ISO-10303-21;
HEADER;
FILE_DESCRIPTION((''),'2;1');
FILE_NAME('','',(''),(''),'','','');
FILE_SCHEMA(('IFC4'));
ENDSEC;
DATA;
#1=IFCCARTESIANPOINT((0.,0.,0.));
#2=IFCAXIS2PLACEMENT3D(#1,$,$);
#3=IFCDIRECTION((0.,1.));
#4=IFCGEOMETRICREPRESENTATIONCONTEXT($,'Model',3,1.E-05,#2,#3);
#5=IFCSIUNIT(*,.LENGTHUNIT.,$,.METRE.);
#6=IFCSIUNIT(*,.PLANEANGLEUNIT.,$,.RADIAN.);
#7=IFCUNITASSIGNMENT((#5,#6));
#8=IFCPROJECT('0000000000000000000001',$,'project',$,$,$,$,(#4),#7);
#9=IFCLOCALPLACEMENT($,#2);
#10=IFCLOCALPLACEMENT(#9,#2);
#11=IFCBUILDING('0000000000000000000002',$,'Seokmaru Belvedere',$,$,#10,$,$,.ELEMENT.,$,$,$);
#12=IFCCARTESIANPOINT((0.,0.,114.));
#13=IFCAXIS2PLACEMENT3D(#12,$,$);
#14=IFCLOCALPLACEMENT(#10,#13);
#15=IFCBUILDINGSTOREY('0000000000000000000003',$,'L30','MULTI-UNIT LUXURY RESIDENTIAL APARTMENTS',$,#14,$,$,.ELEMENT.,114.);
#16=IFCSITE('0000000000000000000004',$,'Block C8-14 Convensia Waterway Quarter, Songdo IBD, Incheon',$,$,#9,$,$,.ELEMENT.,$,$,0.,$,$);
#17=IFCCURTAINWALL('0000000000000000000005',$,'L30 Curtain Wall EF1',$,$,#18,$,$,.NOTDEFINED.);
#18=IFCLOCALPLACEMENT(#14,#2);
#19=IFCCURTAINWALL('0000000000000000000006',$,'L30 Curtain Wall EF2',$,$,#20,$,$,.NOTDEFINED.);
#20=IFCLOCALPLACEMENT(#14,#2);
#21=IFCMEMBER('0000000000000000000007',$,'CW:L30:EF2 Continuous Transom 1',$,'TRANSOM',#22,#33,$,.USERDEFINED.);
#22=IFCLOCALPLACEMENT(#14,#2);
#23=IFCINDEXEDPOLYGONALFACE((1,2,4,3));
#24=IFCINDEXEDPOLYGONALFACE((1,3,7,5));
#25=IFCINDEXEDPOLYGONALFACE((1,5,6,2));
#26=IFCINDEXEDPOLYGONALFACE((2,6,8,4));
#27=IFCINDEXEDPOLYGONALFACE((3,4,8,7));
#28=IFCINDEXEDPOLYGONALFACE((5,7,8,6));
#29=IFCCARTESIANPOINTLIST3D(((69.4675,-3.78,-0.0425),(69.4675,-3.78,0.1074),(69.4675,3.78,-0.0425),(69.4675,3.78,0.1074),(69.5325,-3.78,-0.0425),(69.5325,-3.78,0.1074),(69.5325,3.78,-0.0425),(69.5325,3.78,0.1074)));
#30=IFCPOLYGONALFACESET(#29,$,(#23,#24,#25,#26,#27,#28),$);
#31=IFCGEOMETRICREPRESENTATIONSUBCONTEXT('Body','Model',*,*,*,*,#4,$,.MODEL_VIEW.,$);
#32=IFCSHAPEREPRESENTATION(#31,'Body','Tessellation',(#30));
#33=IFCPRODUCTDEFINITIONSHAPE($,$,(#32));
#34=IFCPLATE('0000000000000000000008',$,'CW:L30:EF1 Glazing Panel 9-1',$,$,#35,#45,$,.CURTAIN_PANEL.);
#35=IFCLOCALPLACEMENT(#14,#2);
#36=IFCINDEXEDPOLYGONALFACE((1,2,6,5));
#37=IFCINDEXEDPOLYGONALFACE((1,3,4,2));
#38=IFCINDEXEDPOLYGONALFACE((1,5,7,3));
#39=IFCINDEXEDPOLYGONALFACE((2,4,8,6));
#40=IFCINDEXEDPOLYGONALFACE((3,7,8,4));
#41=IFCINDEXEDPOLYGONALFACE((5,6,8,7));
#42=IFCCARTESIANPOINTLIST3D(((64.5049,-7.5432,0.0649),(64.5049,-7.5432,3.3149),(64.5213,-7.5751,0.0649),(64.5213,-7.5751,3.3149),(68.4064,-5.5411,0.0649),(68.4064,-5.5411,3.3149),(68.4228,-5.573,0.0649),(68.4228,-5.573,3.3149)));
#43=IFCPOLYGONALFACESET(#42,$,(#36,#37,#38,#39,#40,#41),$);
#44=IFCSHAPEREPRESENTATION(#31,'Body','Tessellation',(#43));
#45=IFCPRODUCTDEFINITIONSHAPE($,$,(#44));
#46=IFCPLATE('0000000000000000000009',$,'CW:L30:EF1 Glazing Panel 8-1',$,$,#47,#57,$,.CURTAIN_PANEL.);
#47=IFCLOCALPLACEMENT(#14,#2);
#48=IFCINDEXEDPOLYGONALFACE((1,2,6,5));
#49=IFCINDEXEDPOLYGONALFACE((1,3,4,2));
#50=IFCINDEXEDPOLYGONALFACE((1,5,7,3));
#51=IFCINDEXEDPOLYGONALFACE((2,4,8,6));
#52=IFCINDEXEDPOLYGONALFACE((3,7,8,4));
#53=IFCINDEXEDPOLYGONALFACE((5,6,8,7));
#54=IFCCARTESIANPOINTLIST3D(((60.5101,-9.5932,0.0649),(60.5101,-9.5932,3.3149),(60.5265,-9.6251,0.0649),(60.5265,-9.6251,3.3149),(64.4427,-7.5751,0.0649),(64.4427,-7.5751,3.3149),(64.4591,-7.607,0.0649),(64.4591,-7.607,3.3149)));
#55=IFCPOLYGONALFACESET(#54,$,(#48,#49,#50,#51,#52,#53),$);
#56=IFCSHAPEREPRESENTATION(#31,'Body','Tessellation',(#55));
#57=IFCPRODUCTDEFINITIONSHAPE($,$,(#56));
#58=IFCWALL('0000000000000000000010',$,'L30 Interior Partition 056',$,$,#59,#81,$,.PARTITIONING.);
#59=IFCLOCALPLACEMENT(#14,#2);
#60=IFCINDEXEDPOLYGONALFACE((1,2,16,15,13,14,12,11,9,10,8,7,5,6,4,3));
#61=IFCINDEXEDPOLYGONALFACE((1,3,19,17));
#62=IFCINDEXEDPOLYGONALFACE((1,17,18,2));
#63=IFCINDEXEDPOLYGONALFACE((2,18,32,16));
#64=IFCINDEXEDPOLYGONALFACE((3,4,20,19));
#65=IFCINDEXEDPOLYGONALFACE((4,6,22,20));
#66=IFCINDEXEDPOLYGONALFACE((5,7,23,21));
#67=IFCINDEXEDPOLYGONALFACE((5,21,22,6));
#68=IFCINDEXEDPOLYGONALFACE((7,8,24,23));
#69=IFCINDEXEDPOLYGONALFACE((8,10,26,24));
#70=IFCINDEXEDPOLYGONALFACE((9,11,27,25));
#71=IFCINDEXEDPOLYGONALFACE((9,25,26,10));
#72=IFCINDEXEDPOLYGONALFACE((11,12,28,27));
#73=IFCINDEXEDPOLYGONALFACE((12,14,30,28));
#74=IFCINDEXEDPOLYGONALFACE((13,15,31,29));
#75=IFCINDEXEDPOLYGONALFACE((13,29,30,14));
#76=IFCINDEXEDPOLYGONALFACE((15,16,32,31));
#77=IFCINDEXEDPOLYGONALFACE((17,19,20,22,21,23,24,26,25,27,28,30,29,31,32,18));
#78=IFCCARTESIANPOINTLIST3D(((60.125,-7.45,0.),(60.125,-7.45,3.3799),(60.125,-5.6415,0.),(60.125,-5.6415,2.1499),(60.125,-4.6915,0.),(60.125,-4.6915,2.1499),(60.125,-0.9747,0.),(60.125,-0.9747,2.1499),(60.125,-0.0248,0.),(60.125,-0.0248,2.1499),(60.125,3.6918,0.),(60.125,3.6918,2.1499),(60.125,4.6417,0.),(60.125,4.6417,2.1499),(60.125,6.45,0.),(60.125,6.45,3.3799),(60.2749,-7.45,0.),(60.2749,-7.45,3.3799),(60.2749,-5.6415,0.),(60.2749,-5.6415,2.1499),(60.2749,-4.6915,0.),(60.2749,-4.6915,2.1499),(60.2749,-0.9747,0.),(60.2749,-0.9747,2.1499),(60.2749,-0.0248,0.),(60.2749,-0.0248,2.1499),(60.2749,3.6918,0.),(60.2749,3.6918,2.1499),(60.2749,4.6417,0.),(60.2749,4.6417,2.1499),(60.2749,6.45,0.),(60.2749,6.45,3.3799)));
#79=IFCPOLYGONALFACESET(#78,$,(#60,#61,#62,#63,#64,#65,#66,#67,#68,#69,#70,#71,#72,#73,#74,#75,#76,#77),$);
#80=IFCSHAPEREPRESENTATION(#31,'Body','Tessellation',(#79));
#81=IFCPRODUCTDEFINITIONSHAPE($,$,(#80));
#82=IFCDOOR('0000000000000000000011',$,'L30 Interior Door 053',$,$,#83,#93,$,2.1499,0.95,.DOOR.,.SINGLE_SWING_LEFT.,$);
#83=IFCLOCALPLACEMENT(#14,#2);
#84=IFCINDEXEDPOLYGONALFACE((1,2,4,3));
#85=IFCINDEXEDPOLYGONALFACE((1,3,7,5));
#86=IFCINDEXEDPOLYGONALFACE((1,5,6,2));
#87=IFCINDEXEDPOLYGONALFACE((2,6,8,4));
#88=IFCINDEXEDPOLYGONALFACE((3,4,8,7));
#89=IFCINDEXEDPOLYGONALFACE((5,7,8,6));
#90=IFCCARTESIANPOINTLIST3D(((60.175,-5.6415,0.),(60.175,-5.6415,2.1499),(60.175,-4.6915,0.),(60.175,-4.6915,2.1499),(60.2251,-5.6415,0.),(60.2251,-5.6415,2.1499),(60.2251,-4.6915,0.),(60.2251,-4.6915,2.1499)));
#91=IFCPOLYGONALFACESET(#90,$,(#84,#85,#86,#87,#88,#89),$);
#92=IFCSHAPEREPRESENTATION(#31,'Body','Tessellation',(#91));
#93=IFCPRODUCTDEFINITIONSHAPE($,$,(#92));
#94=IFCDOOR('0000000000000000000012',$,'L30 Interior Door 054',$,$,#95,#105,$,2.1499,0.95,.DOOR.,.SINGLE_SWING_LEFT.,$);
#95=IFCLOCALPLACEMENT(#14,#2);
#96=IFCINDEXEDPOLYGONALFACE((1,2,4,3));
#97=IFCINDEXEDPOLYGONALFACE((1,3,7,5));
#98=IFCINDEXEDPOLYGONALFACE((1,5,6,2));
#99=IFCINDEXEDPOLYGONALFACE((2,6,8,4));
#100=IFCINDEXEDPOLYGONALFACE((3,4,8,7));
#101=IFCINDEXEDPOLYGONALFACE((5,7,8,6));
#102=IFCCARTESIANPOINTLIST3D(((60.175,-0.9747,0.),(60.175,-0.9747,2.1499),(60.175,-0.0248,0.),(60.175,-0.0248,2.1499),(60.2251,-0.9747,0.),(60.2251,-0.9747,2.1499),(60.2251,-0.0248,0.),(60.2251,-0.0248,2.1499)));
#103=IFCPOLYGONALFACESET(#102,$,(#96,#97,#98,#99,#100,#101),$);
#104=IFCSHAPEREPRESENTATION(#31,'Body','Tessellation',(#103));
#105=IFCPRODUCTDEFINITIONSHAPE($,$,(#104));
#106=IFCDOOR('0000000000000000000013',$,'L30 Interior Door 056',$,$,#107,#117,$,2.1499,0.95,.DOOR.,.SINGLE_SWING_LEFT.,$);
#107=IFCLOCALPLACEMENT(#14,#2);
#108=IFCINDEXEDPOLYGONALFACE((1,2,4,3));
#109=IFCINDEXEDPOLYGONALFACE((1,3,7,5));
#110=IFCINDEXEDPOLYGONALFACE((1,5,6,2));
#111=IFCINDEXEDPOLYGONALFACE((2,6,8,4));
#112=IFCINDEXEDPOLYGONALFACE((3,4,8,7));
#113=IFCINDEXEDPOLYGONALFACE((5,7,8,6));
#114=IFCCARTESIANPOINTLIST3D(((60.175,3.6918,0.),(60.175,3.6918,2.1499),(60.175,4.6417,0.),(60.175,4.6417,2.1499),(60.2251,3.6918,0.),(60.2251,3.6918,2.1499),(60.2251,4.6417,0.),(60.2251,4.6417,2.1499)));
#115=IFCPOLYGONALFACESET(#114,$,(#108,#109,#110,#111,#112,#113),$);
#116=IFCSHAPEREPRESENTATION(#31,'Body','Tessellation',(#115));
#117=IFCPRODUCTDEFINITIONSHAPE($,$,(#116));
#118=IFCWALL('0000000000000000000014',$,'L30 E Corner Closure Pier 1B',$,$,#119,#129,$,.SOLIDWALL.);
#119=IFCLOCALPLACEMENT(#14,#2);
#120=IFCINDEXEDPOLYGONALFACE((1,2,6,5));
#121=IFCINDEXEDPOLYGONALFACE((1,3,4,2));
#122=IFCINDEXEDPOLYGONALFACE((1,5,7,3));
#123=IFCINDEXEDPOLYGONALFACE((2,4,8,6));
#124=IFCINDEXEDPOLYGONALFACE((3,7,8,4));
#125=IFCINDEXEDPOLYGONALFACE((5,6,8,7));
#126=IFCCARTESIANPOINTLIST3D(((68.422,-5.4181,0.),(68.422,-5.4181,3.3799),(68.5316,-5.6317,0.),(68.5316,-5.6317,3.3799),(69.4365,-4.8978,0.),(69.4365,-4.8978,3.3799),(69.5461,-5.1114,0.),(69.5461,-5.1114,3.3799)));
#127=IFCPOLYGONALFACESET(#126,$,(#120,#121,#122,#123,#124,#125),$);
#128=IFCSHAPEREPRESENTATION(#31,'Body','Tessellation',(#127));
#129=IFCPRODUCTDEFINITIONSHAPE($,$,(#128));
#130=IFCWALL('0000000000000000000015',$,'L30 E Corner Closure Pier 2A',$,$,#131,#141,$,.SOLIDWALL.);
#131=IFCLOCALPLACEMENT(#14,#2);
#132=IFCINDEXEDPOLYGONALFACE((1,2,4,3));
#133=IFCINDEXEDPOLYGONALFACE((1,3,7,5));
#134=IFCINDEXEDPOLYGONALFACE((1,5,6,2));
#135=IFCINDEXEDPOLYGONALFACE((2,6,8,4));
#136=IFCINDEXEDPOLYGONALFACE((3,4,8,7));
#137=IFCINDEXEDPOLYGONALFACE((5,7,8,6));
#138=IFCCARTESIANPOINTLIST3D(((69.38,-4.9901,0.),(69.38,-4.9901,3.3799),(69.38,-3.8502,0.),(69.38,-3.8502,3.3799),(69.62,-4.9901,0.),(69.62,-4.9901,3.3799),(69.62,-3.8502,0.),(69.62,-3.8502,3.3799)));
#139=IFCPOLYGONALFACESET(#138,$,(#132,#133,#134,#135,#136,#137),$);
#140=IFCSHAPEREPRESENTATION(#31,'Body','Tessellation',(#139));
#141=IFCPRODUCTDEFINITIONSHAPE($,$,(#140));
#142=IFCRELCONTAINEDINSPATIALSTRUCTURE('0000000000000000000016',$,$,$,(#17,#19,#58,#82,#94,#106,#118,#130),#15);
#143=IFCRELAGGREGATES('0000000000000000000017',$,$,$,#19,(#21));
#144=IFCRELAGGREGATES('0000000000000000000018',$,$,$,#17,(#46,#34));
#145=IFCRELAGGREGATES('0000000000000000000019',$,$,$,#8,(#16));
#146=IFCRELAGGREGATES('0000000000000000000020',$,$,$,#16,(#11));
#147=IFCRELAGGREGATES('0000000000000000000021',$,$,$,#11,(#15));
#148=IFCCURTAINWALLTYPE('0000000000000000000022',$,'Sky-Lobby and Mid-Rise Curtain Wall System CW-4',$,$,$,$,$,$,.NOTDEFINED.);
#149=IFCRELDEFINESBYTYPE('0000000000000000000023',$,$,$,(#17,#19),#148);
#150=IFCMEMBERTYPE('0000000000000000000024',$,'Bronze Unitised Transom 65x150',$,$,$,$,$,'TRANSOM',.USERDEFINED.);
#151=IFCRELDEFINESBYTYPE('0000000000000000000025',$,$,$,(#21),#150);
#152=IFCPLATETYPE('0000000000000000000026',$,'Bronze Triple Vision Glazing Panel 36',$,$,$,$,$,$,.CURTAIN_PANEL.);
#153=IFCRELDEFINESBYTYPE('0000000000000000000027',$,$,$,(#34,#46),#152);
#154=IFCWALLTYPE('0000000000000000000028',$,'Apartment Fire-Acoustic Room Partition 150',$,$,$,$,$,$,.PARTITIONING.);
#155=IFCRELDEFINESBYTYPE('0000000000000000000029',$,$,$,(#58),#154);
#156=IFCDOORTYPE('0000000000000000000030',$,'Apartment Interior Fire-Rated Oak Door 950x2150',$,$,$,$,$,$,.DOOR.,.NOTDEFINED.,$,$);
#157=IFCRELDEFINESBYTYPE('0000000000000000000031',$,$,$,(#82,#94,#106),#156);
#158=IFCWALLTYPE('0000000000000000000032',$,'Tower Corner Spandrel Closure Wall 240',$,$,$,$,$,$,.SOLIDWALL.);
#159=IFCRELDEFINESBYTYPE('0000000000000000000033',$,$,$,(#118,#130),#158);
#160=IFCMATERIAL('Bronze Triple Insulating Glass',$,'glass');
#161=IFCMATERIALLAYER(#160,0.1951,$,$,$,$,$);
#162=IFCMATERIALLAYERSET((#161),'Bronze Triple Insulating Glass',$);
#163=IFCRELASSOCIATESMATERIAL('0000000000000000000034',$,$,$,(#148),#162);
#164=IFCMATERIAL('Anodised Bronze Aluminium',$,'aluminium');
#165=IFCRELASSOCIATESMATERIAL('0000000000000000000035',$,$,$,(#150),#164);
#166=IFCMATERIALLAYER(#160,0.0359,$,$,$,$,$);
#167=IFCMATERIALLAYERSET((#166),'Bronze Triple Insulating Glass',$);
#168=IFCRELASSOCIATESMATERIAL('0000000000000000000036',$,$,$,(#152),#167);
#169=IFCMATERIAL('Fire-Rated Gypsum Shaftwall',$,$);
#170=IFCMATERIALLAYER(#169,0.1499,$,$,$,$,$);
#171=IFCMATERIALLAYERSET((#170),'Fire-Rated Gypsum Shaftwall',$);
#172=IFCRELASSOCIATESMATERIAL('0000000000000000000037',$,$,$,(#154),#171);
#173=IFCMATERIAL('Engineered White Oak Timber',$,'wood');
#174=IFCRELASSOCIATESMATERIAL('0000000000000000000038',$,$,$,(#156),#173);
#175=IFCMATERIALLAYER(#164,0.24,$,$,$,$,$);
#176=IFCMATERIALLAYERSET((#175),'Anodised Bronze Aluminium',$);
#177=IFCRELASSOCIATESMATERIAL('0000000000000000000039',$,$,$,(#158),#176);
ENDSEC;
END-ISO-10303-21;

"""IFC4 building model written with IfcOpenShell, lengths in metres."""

from ifc_helpers import new_model, si_unit, direction, frame, frame_2d, origin, origin_2d, place, context, subcontext, project, spatial, rectangle, extrude, source, transform, mapped, material, layer, layer_set, material_profile, profile_set, type_object, type_shapes, element, fill, aggregate, save


model = new_model("IFC4")

# Units and contexts
model_context = context("Model", 3, precision=1e-05, world=origin(), true_north=direction((0.0, 1.0)))
body_context = subcontext(model_context, "Body", "Model", "MODEL_VIEW")
ifc_project = project(units=[si_unit("LENGTHUNIT", "METRE"), si_unit("PLANEANGLEUNIT", "RADIAN")], contexts=[model_context])

# Site, building, storey
site_placement = place(None, origin())
site = spatial("IfcSite", under=ifc_project, at=site_placement, Name="Block C8-14 Convensia Waterway Quarter, Songdo IBD, Incheon", CompositionType="ELEMENT", RefElevation=0.0)
building_placement = place(site_placement, origin())
building = spatial("IfcBuilding", under=site, at=building_placement, Name="Seokmaru Belvedere", CompositionType="ELEMENT")
storey_placement = place(building_placement, frame((0.0, 0.0, 114.0)))
storey = spatial("IfcBuildingStorey", under=building, at=storey_placement, Name="L30", Description="MULTI-UNIT LUXURY RESIDENTIAL APARTMENTS", CompositionType="ELEMENT", Elevation=114.0)

# Curtain walls
ifc_material_1 = material(Name="Bronze Triple Insulating Glass", Category="glass")
ifc_layer_1 = layer(ifc_material_1, 0.1951)
ifc_layer_set_1 = layer_set([ifc_layer_1], Name="Bronze Triple Insulating Glass")
curtain_wall_type = type_object("IfcCurtainWallType", Name="Sky-Lobby and Mid-Rise Curtain Wall System CW-4", PredefinedType="NOTDEFINED", material=ifc_layer_set_1)
curtain_wall_1_placement = place(storey_placement, origin())
curtain_wall_1 = element("IfcCurtainWall", 1, at=curtain_wall_1_placement, inside=storey, type_object=curtain_wall_type, Name="L30 Curtain Wall EF1", PredefinedType="NOTDEFINED")
ifc_material_2 = material(Name="Anodised Bronze Aluminium", Category="aluminium")
curtain_wall_2_placement = place(storey_placement, origin())
curtain_wall_2 = element("IfcCurtainWall", 2, at=curtain_wall_2_placement, inside=storey, type_object=curtain_wall_type, Name="L30 Curtain Wall EF2", PredefinedType="NOTDEFINED")

# Member
ifc_material_profile_1 = material_profile(ifc_material_2, rectangle(XDim=0.0649, YDim=0.1499, at=origin_2d()), Name="CW-T-65x150")
ifc_profile_set_1 = profile_set([ifc_material_profile_1], Name="Anodised Bronze Aluminium")
member_type_1 = type_object("IfcMemberType", Name="Bronze Unitised Transom 65x150", ElementType="TRANSOM", PredefinedType="USERDEFINED", material=ifc_profile_set_1)
shared_shape_1 = source(origin(), body_context, "Body", "SweptSolid", [
    extrude(rectangle(XDim=0.0649, YDim=0.1499, at=origin_2d()), origin(), (0.0, 0.0, 1.0), 7.5601),
])
type_shapes(member_type_1, [shared_shape_1])
member_1_placement = place(storey_placement, frame((69.5, -3.78, 0.0325), z_axis=(0.0, 1.0, 0.0), x_axis=(-1.0, 0.0, 0.0)))
member_1 = element("IfcMember", 3, at=member_1_placement, type_object=member_type_1, Name="CW:L30:EF2 Continuous Transom 1", ObjectType="TRANSOM", PredefinedType="USERDEFINED", context=body_context, shape_type="MappedRepresentation", body=[
    mapped(shared_shape_1, transform((0.0, 0.0, 0.0), scale=1.0)),
])
aggregate(curtain_wall_2, [member_1])

# Plates
ifc_layer_2 = layer(ifc_material_1, 0.0359)
ifc_layer_set_2 = layer_set([ifc_layer_2], Name="Bronze Triple Insulating Glass")
plate_type = type_object("IfcPlateType", Name="Bronze Triple Vision Glazing Panel 36", PredefinedType="CURTAIN_PANEL", material=ifc_layer_set_2)
shared_shape_2 = source(origin(), body_context, "Body", "SweptSolid", [
    extrude(rectangle(XDim=4.3853, YDim=0.0359, at=origin_2d()), origin(), (0.0, 0.0, 1.0), 3.25),
])
plate_1_placement = place(storey_placement, frame((66.4639, -6.5581, 0.0649), z_axis=(0.0, 0.0, 1.0), x_axis=(0.889695, 0.456555, 0.0)))
plate_1 = element("IfcPlate", 4, at=plate_1_placement, type_object=plate_type, Name="CW:L30:EF1 Glazing Panel 9-1", PredefinedType="CURTAIN_PANEL", context=body_context, shape_type="MappedRepresentation", body=[
    mapped(shared_shape_2, transform((0.0, 0.0, 0.0), scale=1.0)),
])
shared_shape_3 = source(origin(), body_context, "Body", "SweptSolid", [
    extrude(rectangle(XDim=4.4202, YDim=0.0359, at=origin_2d()), origin(), (0.0, 0.0, 1.0), 3.25),
])
type_shapes(plate_type, [shared_shape_2, shared_shape_3])
plate_2_placement = place(storey_placement, frame((62.4846, -8.6001, 0.0649), z_axis=(0.0, 0.0, 1.0), x_axis=(0.889695, 0.456555, 0.0)))
plate_2 = element("IfcPlate", 5, at=plate_2_placement, type_object=plate_type, Name="CW:L30:EF1 Glazing Panel 8-1", PredefinedType="CURTAIN_PANEL", context=body_context, shape_type="MappedRepresentation", body=[
    mapped(shared_shape_3, transform((0.0, 0.0, 0.0), scale=1.0)),
])
aggregate(curtain_wall_1, [plate_2, plate_1])

# Wall, openings, doors
ifc_material_3 = material(Name="Fire-Rated Gypsum Shaftwall")
ifc_layer_3 = layer(ifc_material_3, 0.1499)
ifc_layer_set_3 = layer_set([ifc_layer_3], Name="Fire-Rated Gypsum Shaftwall")
wall_type_1 = type_object("IfcWallType", Name="Apartment Fire-Acoustic Room Partition 150", PredefinedType="PARTITIONING", material=ifc_layer_set_3)
wall_1_placement = place(storey_placement, frame((60.2, -7.45, 0.0), z_axis=(0.0, 0.0, 1.0), x_axis=(0.0, 1.0, 0.0)))
wall_1 = element("IfcWall", 6, at=wall_1_placement, inside=storey, type_object=wall_type_1, Name="L30 Interior Partition 056", PredefinedType="PARTITIONING", context=body_context, shape_type="SweptSolid", body=[
    extrude(rectangle(XDim=13.8999, YDim=0.1499, at=frame_2d((6.95, 0.0))), origin(), (0.0, 0.0, 1.0), 3.3799),
])
opening_1_placement = place(wall_1_placement, frame((1.8083, 0.0, 0.0)))
opening_1 = element("IfcOpeningElement", 7, at=opening_1_placement, cuts=wall_1, PredefinedType="OPENING", context=body_context, shape_type="SweptSolid", body=[
    extrude(rectangle(XDim=0.95, YDim=2.1499, at=frame_2d((0.4751, 1.075))), frame((0.0, 0.085, 0.0), z_axis=(0.0, -1.0, 0.0), x_axis=(1.0, 0.0, 0.0)), (0.0, 0.0, 1.0), 0.1699),
])
opening_2_placement = place(wall_1_placement, frame((6.4751, 0.0, 0.0)))
opening_2 = element("IfcOpeningElement", 8, at=opening_2_placement, cuts=wall_1, PredefinedType="OPENING", context=body_context, shape_type="SweptSolid", body=[
    extrude(rectangle(XDim=0.95, YDim=2.1499, at=frame_2d((0.4751, 1.075))), frame((0.0, 0.085, 0.0), z_axis=(0.0, -1.0, 0.0), x_axis=(1.0, 0.0, 0.0)), (0.0, 0.0, 1.0), 0.1699),
])
opening_3_placement = place(wall_1_placement, frame((11.1416, 0.0, 0.0)))
opening_3 = element("IfcOpeningElement", 9, at=opening_3_placement, cuts=wall_1, PredefinedType="OPENING", context=body_context, shape_type="SweptSolid", body=[
    extrude(rectangle(XDim=0.95, YDim=2.1499, at=frame_2d((0.4751, 1.075))), frame((0.0, 0.085, 0.0), z_axis=(0.0, -1.0, 0.0), x_axis=(1.0, 0.0, 0.0)), (0.0, 0.0, 1.0), 0.1699),
])
ifc_material_4 = material(Name="Engineered White Oak Timber", Category="wood")
door_type = type_object("IfcDoorType", Name="Apartment Interior Fire-Rated Oak Door 950x2150", OperationType="NOTDEFINED", PredefinedType="DOOR", material=ifc_material_4)
shared_shape_4 = source(origin(), body_context, "Body", "SweptSolid", [
    extrude(rectangle(XDim=0.95, YDim=2.1499, at=frame_2d((0.4751, 1.075))), frame((0.0, 0.0249, 0.0), z_axis=(0.0, -1.0, 0.0), x_axis=(1.0, 0.0, 0.0)), (0.0, 0.0, 1.0), 0.05),
])
type_shapes(door_type, [shared_shape_4])
door_1_placement = place(opening_1_placement, origin())
door_1 = element("IfcDoor", 10, at=door_1_placement, inside=storey, type_object=door_type, Name="L30 Interior Door 053", OperationType="SINGLE_SWING_LEFT", OverallHeight=2.1499, OverallWidth=0.95, PredefinedType="DOOR", context=body_context, shape_type="MappedRepresentation", body=[
    mapped(shared_shape_4, transform((0.0, 0.0, 0.0), scale=1.0)),
])
fill(opening_1, door_1)
door_2_placement = place(opening_2_placement, origin())
door_2 = element("IfcDoor", 11, at=door_2_placement, inside=storey, type_object=door_type, Name="L30 Interior Door 054", OperationType="SINGLE_SWING_LEFT", OverallHeight=2.1499, OverallWidth=0.95, PredefinedType="DOOR", context=body_context, shape_type="MappedRepresentation", body=[
    mapped(shared_shape_4, transform((0.0, 0.0, 0.0), scale=1.0)),
])
fill(opening_2, door_2)
door_3_placement = place(opening_3_placement, origin())
door_3 = element("IfcDoor", 12, at=door_3_placement, inside=storey, type_object=door_type, Name="L30 Interior Door 056", OperationType="SINGLE_SWING_LEFT", OverallHeight=2.1499, OverallWidth=0.95, PredefinedType="DOOR", context=body_context, shape_type="MappedRepresentation", body=[
    mapped(shared_shape_4, transform((0.0, 0.0, 0.0), scale=1.0)),
])
fill(opening_3, door_3)

# Walls
ifc_layer_4 = layer(ifc_material_2, 0.24)
ifc_layer_set_4 = layer_set([ifc_layer_4], Name="Anodised Bronze Aluminium")
wall_type_2 = type_object("IfcWallType", Name="Tower Corner Spandrel Closure Wall 240", PredefinedType="SOLIDWALL", material=ifc_layer_set_4)
wall_2_placement = place(storey_placement, frame((68.4768, -5.5249, 0.0), z_axis=(0.0, 0.0, 1.0), x_axis=(0.889797, 0.456356, 0.0)))
element("IfcWall", 13, at=wall_2_placement, inside=storey, type_object=wall_type_2, Name="L30 E Corner Closure Pier 1B", PredefinedType="SOLIDWALL", context=body_context, shape_type="SweptSolid", body=[
    extrude(rectangle(XDim=1.1401, YDim=0.24, at=frame_2d((0.5701, 0.0))), origin(), (0.0, 0.0, 1.0), 3.3799),
])
wall_3_placement = place(storey_placement, frame((69.5, -4.99, 0.0), z_axis=(0.0, 0.0, 1.0), x_axis=(0.0, 1.0, 0.0)))
element("IfcWall", 14, at=wall_3_placement, inside=storey, type_object=wall_type_2, Name="L30 E Corner Closure Pier 2A", PredefinedType="SOLIDWALL", context=body_context, shape_type="SweptSolid", body=[
    extrude(rectangle(XDim=1.1399, YDim=0.24, at=frame_2d((0.5698, 0.0))), origin(), (0.0, 0.0, 1.0), 3.3799),
])

save(model, "model.ifc")
